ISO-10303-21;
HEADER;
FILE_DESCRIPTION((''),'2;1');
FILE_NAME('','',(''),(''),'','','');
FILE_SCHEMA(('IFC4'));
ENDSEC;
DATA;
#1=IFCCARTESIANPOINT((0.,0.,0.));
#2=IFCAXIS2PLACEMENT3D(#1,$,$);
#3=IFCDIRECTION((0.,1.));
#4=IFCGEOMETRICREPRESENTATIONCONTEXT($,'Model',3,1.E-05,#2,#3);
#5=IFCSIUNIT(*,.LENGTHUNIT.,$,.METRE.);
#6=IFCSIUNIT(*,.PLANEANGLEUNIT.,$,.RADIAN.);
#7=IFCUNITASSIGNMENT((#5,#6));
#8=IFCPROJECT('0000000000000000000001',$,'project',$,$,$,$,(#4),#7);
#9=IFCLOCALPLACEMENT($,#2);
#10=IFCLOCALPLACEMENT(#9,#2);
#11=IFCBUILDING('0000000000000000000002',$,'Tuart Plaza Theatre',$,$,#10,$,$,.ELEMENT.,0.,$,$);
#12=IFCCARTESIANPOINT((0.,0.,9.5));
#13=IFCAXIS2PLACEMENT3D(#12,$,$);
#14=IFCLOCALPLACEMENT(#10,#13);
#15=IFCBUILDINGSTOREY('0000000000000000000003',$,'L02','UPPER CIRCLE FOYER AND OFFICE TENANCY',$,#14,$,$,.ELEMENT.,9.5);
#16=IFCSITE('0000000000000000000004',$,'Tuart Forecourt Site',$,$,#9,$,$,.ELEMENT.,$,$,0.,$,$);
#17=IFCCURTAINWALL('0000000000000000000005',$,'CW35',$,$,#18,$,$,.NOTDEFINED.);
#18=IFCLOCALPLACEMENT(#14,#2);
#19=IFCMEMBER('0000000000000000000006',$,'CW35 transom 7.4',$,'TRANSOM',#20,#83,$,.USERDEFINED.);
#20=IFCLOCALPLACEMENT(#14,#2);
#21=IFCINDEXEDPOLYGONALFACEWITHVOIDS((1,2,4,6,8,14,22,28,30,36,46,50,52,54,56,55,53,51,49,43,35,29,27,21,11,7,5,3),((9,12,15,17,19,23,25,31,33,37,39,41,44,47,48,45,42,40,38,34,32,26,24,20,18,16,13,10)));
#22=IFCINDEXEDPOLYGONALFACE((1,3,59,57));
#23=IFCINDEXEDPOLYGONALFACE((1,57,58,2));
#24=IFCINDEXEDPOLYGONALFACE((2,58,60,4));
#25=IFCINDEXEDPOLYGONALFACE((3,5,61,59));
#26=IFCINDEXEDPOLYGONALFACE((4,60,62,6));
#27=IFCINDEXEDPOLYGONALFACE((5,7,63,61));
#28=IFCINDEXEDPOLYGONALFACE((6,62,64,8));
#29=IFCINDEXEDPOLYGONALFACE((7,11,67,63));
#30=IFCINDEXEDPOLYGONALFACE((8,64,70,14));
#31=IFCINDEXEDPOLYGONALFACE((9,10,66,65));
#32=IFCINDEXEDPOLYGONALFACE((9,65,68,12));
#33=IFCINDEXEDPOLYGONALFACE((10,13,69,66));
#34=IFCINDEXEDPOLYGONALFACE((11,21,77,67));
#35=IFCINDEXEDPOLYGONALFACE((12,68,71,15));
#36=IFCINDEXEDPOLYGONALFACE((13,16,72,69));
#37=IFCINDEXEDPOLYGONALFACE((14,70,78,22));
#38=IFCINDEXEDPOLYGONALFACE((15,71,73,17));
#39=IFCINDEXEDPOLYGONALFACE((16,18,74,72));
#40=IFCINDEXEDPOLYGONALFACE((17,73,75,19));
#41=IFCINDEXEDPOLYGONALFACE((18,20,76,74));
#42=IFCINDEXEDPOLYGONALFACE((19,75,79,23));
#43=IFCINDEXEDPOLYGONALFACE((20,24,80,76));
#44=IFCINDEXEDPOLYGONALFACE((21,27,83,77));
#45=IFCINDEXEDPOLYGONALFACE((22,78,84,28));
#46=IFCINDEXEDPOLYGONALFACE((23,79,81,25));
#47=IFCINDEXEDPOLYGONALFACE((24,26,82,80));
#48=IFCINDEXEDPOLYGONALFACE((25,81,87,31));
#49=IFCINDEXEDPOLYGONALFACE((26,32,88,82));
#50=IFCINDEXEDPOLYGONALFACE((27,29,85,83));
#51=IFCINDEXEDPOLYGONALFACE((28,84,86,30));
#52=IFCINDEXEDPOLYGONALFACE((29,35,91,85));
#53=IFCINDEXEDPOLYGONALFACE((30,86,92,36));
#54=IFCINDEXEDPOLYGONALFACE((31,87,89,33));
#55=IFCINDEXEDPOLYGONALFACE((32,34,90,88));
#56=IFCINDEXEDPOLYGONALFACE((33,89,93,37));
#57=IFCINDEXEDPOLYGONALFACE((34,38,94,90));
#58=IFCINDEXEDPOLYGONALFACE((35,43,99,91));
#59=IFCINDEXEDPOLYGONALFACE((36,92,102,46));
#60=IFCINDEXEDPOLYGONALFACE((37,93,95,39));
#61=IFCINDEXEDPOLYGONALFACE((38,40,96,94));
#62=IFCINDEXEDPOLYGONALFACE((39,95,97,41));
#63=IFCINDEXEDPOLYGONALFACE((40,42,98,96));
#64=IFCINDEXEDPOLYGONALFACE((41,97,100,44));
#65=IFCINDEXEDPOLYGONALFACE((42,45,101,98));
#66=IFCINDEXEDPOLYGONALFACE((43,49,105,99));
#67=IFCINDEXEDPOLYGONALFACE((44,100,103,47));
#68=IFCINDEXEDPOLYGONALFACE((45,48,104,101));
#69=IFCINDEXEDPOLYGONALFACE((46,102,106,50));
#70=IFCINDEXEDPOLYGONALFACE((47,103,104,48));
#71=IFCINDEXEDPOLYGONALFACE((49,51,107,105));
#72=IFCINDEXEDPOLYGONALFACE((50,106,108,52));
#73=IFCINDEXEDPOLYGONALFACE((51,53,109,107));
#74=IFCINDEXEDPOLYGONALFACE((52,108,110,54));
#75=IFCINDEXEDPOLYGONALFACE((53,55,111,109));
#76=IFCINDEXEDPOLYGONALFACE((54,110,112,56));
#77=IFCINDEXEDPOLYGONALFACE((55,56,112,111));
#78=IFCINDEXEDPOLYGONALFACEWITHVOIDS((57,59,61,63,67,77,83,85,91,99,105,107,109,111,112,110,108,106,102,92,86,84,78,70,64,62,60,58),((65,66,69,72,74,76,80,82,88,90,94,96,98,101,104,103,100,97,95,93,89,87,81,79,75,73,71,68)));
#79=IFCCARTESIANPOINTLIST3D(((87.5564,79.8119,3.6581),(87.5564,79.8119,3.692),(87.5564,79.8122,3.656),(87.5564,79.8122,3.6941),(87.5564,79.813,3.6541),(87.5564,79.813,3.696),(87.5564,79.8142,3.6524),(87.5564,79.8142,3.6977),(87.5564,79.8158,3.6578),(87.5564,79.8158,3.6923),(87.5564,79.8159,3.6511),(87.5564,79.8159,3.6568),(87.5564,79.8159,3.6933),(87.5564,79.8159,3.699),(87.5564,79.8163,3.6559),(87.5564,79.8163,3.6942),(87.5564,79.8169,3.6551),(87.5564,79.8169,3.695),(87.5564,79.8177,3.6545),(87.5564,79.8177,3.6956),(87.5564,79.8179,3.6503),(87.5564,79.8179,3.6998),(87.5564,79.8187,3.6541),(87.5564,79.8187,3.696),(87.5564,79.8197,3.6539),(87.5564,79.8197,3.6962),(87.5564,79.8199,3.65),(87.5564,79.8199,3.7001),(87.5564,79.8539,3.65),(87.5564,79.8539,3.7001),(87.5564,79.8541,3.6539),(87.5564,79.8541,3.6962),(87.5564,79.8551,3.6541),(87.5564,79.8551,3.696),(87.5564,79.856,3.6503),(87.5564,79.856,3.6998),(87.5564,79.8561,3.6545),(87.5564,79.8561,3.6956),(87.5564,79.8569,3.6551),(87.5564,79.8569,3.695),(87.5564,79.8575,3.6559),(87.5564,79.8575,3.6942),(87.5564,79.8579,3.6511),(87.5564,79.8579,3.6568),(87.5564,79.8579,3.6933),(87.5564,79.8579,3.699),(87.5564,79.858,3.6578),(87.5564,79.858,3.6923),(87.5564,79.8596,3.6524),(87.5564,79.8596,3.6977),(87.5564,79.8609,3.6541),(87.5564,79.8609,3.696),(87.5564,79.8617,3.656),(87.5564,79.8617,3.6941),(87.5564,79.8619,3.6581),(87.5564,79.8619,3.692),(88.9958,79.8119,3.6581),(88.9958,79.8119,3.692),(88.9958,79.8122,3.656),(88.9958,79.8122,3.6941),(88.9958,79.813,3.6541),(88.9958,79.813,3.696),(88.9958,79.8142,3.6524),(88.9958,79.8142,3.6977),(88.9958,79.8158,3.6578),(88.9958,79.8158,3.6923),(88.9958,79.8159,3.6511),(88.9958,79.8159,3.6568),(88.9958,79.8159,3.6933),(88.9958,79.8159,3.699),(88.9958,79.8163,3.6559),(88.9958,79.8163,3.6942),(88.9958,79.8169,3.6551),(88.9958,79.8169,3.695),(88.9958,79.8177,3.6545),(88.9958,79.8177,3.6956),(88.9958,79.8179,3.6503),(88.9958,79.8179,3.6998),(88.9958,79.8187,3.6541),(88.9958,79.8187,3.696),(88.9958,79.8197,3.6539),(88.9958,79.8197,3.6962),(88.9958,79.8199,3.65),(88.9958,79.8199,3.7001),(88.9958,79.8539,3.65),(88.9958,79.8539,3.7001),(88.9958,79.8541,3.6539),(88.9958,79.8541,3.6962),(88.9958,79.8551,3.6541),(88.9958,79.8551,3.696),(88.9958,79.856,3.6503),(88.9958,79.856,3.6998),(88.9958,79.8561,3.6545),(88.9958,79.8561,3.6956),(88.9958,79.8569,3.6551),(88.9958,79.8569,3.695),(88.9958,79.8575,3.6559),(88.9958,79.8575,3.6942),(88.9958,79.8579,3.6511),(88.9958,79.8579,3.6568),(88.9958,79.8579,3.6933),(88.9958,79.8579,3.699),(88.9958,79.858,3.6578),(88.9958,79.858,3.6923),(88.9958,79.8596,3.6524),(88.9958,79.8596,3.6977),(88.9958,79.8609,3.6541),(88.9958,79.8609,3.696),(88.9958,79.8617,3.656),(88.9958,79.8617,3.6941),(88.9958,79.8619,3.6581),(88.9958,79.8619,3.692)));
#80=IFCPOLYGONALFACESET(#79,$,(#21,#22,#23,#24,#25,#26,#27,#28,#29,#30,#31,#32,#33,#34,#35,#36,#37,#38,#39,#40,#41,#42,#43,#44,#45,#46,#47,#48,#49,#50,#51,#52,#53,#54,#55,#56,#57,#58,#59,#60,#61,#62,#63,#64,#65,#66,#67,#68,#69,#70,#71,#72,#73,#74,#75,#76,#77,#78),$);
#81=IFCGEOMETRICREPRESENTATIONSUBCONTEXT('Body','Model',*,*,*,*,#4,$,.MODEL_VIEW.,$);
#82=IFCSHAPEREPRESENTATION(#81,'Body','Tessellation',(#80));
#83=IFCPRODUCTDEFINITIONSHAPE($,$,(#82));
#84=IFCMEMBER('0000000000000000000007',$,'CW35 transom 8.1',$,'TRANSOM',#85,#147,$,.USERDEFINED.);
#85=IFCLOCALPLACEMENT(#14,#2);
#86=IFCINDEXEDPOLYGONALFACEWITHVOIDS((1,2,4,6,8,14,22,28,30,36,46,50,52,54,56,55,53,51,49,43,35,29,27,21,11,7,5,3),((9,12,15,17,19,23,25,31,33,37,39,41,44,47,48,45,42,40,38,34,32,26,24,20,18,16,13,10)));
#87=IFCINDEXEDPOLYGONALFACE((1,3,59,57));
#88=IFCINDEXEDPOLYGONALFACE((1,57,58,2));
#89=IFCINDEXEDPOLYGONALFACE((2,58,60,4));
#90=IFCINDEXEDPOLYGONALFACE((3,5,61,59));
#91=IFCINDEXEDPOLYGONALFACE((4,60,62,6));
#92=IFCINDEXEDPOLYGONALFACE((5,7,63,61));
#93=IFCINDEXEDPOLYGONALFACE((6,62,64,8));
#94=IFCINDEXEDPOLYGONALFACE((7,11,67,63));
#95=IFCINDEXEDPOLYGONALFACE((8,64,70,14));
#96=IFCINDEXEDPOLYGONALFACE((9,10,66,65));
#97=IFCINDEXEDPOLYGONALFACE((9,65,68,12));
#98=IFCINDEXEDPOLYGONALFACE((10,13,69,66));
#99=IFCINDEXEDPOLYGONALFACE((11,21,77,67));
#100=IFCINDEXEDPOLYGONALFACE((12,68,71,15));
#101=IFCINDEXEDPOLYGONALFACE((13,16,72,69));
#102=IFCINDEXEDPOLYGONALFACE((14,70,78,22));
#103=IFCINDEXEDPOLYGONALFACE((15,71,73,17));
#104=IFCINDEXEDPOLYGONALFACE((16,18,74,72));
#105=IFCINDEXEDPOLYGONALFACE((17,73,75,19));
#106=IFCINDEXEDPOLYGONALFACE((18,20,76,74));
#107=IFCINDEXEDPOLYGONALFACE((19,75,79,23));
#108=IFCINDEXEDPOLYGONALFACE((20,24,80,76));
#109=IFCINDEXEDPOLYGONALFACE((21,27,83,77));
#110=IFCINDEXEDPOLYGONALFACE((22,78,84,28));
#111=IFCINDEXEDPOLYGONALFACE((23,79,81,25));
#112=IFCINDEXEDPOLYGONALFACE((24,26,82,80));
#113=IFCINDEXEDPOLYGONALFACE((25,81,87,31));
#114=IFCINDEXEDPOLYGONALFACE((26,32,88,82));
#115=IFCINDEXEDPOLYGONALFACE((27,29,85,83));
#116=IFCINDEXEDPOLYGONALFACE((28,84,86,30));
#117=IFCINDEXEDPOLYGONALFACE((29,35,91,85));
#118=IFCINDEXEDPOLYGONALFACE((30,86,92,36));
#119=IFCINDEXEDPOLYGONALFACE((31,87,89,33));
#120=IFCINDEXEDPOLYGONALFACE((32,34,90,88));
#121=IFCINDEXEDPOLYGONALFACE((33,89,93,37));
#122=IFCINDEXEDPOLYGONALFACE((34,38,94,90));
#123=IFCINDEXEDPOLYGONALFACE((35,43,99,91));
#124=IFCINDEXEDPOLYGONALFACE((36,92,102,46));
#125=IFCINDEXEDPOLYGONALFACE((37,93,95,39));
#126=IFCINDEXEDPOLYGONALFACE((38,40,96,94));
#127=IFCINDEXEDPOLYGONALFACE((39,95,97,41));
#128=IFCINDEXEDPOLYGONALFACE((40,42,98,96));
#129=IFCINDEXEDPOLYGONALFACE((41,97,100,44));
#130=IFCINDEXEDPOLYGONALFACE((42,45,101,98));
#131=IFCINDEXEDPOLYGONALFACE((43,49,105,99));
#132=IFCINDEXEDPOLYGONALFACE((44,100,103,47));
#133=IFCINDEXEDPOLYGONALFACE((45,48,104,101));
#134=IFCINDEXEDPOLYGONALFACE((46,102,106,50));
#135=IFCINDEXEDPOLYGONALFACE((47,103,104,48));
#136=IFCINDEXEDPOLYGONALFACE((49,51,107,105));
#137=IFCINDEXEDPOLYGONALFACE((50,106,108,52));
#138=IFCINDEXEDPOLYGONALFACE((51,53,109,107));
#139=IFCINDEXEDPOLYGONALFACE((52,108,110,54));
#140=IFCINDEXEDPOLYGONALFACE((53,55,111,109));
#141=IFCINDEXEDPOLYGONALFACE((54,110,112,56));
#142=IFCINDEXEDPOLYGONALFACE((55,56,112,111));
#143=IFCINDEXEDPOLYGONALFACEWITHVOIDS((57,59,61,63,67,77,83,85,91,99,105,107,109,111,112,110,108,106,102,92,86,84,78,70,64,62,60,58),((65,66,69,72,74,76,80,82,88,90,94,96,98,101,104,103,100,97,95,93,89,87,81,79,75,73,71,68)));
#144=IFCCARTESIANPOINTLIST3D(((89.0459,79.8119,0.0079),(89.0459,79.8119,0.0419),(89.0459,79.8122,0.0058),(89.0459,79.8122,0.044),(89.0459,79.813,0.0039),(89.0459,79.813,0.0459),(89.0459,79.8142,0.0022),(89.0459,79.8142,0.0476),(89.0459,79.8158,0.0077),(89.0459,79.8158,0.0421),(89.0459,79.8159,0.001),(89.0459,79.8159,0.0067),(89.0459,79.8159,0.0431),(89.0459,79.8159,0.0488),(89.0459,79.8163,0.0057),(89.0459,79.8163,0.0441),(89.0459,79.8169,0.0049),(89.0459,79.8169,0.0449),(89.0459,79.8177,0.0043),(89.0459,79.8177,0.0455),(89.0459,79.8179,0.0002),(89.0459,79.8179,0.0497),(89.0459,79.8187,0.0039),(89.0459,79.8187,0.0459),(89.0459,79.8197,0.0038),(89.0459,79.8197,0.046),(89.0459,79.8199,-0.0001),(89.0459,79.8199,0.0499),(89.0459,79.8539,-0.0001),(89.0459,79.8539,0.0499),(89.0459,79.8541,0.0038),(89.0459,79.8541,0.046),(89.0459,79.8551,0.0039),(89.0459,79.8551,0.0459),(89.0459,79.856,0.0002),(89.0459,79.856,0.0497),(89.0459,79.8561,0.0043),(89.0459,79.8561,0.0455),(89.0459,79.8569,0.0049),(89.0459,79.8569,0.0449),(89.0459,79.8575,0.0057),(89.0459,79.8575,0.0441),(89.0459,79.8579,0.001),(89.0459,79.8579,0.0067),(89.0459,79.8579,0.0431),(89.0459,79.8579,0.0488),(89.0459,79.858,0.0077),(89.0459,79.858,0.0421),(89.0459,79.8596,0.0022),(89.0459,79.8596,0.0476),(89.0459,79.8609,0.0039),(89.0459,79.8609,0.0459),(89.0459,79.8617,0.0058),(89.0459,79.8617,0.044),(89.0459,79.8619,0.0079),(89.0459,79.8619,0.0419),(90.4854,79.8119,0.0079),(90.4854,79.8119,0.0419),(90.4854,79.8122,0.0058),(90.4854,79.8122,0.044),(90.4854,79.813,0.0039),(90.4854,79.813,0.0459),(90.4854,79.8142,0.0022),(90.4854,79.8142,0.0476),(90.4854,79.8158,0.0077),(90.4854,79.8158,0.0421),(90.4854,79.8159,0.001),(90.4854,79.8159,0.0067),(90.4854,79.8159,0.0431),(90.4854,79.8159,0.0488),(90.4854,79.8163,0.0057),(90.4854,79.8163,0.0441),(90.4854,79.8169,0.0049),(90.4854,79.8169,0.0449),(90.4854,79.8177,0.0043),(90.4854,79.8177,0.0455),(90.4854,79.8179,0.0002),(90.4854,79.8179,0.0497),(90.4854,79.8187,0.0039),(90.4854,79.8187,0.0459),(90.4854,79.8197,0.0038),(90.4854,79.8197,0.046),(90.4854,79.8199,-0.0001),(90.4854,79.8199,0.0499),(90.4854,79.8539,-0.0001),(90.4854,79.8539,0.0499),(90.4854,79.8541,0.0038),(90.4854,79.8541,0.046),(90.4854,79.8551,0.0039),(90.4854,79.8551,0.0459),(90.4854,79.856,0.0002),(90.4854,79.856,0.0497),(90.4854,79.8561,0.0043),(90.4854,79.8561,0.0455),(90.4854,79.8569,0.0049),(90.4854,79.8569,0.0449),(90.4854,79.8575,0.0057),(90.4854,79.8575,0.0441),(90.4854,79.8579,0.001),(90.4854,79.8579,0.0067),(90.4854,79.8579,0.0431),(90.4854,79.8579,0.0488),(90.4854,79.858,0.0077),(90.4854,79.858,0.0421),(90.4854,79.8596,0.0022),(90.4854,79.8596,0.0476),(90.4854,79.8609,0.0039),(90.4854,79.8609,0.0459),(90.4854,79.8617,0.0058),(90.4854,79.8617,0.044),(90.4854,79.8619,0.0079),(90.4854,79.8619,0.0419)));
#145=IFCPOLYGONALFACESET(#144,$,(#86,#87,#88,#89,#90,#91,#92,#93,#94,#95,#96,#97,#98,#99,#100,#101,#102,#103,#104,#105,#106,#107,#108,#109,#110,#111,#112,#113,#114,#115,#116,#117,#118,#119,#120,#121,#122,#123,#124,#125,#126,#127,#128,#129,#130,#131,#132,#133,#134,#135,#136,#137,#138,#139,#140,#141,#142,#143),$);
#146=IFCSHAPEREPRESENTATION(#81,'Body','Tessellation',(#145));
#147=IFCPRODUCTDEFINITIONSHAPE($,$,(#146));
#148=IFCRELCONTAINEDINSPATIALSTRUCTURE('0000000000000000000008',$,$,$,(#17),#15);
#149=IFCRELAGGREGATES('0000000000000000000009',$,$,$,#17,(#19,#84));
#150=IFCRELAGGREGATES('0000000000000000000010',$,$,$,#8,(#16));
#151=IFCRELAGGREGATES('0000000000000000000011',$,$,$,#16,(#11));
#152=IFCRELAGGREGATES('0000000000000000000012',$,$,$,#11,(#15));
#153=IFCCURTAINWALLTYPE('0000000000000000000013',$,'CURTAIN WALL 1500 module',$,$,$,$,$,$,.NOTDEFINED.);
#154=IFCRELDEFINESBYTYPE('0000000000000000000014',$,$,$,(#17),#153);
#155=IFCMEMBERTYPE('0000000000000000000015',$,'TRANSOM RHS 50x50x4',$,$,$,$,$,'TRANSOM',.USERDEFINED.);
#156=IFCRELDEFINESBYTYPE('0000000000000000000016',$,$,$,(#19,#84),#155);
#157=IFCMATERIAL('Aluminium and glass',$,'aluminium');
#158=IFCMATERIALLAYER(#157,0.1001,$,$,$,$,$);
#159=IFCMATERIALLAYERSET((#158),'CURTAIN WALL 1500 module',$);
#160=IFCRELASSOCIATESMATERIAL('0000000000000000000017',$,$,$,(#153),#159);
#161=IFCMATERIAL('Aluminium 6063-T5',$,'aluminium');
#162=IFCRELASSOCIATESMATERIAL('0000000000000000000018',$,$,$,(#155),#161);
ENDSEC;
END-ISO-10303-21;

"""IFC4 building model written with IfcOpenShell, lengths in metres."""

from ifc_helpers import new_model, si_unit, direction, frame, origin, origin_2d, place, context, subcontext, project, spatial, hollow_rectangle, extrude, material, layer, layer_set, material_profile, profile_set, type_object, element, aggregate, save


model = new_model("IFC4")

# Units and contexts
model_context = context("Model", 3, precision=1e-05, world=origin(), true_north=direction((0.0, 1.0)))
body_context = subcontext(model_context, "Body", "Model", "MODEL_VIEW")
ifc_project = project(units=[si_unit("LENGTHUNIT", "METRE"), si_unit("PLANEANGLEUNIT", "RADIAN")], contexts=[model_context])

# Site, building, storey
site_placement = place(None, origin())
site = spatial("IfcSite", under=ifc_project, at=site_placement, Name="Tuart Forecourt Site", CompositionType="ELEMENT", RefElevation=0.0)
building_placement = place(site_placement, origin())
building = spatial("IfcBuilding", under=site, at=building_placement, Name="Tuart Plaza Theatre", CompositionType="ELEMENT", ElevationOfRefHeight=0.0)
storey_placement = place(building_placement, frame((0.0, 0.0, 9.5)))
storey = spatial("IfcBuildingStorey", under=building, at=storey_placement, Name="L02", Description="UPPER CIRCLE FOYER AND OFFICE TENANCY", CompositionType="ELEMENT", Elevation=9.5)

# Curtain wall, members
ifc_material_1 = material(Name="Aluminium and glass", Category="aluminium")
ifc_layer_1 = layer(ifc_material_1, 0.1001)
ifc_layer_set_1 = layer_set([ifc_layer_1], Name="CURTAIN WALL 1500 module")
curtain_wall_type = type_object("IfcCurtainWallType", Name="CURTAIN WALL 1500 module", PredefinedType="NOTDEFINED", material=ifc_layer_set_1)
curtain_wall_placement = place(storey_placement, origin())
curtain_wall = element("IfcCurtainWall", 1, at=curtain_wall_placement, inside=storey, type_object=curtain_wall_type, Name="CW35", PredefinedType="NOTDEFINED")
ifc_material_2 = material(Name="Aluminium 6063-T5", Category="aluminium")
ifc_material_profile_1 = material_profile(ifc_material_2, hollow_rectangle(XDim=0.05, YDim=0.05, WallThickness=0.0039, InnerFilletRadius=0.0039, OuterFilletRadius=0.0081, at=origin_2d()), Name="RHS 50x50x4")
ifc_profile_set_1 = profile_set([ifc_material_profile_1], Name="Aluminium 6063-T5")
member_type_1 = type_object("IfcMemberType", Name="TRANSOM RHS 50x50x4", ElementType="TRANSOM", PredefinedType="USERDEFINED", material=ifc_profile_set_1)
member_1_placement = place(storey_placement, frame((87.5564, 79.8369, 3.675), z_axis=(1.0, 0.0, 0.0), x_axis=(0.0, 1.0, 0.0)))
member_1 = element("IfcMember", 2, at=member_1_placement, type_object=member_type_1, Name="CW35 transom 7.4", ObjectType="TRANSOM", PredefinedType="USERDEFINED", context=body_context, shape_type="SweptSolid", body=[
    extrude(hollow_rectangle(XDim=0.05, YDim=0.05, WallThickness=0.0039, InnerFilletRadius=0.0039, OuterFilletRadius=0.0081, at=origin_2d()), origin(), (0.0, 0.0, 1.0), 1.4395),
])
member_2_placement = place(storey_placement, frame((89.0459, 79.8369, 0.0249), z_axis=(1.0, 0.0, 0.0), x_axis=(0.0, 1.0, 0.0)))
member_2 = element("IfcMember", 3, at=member_2_placement, type_object=member_type_1, Name="CW35 transom 8.1", ObjectType="TRANSOM", PredefinedType="USERDEFINED", context=body_context, shape_type="SweptSolid", body=[
    extrude(hollow_rectangle(XDim=0.05, YDim=0.05, WallThickness=0.0039, InnerFilletRadius=0.0039, OuterFilletRadius=0.0081, at=origin_2d()), origin(), (0.0, 0.0, 1.0), 1.4395),
])
aggregate(curtain_wall, [member_1, member_2])

save(model, "model.ifc")
